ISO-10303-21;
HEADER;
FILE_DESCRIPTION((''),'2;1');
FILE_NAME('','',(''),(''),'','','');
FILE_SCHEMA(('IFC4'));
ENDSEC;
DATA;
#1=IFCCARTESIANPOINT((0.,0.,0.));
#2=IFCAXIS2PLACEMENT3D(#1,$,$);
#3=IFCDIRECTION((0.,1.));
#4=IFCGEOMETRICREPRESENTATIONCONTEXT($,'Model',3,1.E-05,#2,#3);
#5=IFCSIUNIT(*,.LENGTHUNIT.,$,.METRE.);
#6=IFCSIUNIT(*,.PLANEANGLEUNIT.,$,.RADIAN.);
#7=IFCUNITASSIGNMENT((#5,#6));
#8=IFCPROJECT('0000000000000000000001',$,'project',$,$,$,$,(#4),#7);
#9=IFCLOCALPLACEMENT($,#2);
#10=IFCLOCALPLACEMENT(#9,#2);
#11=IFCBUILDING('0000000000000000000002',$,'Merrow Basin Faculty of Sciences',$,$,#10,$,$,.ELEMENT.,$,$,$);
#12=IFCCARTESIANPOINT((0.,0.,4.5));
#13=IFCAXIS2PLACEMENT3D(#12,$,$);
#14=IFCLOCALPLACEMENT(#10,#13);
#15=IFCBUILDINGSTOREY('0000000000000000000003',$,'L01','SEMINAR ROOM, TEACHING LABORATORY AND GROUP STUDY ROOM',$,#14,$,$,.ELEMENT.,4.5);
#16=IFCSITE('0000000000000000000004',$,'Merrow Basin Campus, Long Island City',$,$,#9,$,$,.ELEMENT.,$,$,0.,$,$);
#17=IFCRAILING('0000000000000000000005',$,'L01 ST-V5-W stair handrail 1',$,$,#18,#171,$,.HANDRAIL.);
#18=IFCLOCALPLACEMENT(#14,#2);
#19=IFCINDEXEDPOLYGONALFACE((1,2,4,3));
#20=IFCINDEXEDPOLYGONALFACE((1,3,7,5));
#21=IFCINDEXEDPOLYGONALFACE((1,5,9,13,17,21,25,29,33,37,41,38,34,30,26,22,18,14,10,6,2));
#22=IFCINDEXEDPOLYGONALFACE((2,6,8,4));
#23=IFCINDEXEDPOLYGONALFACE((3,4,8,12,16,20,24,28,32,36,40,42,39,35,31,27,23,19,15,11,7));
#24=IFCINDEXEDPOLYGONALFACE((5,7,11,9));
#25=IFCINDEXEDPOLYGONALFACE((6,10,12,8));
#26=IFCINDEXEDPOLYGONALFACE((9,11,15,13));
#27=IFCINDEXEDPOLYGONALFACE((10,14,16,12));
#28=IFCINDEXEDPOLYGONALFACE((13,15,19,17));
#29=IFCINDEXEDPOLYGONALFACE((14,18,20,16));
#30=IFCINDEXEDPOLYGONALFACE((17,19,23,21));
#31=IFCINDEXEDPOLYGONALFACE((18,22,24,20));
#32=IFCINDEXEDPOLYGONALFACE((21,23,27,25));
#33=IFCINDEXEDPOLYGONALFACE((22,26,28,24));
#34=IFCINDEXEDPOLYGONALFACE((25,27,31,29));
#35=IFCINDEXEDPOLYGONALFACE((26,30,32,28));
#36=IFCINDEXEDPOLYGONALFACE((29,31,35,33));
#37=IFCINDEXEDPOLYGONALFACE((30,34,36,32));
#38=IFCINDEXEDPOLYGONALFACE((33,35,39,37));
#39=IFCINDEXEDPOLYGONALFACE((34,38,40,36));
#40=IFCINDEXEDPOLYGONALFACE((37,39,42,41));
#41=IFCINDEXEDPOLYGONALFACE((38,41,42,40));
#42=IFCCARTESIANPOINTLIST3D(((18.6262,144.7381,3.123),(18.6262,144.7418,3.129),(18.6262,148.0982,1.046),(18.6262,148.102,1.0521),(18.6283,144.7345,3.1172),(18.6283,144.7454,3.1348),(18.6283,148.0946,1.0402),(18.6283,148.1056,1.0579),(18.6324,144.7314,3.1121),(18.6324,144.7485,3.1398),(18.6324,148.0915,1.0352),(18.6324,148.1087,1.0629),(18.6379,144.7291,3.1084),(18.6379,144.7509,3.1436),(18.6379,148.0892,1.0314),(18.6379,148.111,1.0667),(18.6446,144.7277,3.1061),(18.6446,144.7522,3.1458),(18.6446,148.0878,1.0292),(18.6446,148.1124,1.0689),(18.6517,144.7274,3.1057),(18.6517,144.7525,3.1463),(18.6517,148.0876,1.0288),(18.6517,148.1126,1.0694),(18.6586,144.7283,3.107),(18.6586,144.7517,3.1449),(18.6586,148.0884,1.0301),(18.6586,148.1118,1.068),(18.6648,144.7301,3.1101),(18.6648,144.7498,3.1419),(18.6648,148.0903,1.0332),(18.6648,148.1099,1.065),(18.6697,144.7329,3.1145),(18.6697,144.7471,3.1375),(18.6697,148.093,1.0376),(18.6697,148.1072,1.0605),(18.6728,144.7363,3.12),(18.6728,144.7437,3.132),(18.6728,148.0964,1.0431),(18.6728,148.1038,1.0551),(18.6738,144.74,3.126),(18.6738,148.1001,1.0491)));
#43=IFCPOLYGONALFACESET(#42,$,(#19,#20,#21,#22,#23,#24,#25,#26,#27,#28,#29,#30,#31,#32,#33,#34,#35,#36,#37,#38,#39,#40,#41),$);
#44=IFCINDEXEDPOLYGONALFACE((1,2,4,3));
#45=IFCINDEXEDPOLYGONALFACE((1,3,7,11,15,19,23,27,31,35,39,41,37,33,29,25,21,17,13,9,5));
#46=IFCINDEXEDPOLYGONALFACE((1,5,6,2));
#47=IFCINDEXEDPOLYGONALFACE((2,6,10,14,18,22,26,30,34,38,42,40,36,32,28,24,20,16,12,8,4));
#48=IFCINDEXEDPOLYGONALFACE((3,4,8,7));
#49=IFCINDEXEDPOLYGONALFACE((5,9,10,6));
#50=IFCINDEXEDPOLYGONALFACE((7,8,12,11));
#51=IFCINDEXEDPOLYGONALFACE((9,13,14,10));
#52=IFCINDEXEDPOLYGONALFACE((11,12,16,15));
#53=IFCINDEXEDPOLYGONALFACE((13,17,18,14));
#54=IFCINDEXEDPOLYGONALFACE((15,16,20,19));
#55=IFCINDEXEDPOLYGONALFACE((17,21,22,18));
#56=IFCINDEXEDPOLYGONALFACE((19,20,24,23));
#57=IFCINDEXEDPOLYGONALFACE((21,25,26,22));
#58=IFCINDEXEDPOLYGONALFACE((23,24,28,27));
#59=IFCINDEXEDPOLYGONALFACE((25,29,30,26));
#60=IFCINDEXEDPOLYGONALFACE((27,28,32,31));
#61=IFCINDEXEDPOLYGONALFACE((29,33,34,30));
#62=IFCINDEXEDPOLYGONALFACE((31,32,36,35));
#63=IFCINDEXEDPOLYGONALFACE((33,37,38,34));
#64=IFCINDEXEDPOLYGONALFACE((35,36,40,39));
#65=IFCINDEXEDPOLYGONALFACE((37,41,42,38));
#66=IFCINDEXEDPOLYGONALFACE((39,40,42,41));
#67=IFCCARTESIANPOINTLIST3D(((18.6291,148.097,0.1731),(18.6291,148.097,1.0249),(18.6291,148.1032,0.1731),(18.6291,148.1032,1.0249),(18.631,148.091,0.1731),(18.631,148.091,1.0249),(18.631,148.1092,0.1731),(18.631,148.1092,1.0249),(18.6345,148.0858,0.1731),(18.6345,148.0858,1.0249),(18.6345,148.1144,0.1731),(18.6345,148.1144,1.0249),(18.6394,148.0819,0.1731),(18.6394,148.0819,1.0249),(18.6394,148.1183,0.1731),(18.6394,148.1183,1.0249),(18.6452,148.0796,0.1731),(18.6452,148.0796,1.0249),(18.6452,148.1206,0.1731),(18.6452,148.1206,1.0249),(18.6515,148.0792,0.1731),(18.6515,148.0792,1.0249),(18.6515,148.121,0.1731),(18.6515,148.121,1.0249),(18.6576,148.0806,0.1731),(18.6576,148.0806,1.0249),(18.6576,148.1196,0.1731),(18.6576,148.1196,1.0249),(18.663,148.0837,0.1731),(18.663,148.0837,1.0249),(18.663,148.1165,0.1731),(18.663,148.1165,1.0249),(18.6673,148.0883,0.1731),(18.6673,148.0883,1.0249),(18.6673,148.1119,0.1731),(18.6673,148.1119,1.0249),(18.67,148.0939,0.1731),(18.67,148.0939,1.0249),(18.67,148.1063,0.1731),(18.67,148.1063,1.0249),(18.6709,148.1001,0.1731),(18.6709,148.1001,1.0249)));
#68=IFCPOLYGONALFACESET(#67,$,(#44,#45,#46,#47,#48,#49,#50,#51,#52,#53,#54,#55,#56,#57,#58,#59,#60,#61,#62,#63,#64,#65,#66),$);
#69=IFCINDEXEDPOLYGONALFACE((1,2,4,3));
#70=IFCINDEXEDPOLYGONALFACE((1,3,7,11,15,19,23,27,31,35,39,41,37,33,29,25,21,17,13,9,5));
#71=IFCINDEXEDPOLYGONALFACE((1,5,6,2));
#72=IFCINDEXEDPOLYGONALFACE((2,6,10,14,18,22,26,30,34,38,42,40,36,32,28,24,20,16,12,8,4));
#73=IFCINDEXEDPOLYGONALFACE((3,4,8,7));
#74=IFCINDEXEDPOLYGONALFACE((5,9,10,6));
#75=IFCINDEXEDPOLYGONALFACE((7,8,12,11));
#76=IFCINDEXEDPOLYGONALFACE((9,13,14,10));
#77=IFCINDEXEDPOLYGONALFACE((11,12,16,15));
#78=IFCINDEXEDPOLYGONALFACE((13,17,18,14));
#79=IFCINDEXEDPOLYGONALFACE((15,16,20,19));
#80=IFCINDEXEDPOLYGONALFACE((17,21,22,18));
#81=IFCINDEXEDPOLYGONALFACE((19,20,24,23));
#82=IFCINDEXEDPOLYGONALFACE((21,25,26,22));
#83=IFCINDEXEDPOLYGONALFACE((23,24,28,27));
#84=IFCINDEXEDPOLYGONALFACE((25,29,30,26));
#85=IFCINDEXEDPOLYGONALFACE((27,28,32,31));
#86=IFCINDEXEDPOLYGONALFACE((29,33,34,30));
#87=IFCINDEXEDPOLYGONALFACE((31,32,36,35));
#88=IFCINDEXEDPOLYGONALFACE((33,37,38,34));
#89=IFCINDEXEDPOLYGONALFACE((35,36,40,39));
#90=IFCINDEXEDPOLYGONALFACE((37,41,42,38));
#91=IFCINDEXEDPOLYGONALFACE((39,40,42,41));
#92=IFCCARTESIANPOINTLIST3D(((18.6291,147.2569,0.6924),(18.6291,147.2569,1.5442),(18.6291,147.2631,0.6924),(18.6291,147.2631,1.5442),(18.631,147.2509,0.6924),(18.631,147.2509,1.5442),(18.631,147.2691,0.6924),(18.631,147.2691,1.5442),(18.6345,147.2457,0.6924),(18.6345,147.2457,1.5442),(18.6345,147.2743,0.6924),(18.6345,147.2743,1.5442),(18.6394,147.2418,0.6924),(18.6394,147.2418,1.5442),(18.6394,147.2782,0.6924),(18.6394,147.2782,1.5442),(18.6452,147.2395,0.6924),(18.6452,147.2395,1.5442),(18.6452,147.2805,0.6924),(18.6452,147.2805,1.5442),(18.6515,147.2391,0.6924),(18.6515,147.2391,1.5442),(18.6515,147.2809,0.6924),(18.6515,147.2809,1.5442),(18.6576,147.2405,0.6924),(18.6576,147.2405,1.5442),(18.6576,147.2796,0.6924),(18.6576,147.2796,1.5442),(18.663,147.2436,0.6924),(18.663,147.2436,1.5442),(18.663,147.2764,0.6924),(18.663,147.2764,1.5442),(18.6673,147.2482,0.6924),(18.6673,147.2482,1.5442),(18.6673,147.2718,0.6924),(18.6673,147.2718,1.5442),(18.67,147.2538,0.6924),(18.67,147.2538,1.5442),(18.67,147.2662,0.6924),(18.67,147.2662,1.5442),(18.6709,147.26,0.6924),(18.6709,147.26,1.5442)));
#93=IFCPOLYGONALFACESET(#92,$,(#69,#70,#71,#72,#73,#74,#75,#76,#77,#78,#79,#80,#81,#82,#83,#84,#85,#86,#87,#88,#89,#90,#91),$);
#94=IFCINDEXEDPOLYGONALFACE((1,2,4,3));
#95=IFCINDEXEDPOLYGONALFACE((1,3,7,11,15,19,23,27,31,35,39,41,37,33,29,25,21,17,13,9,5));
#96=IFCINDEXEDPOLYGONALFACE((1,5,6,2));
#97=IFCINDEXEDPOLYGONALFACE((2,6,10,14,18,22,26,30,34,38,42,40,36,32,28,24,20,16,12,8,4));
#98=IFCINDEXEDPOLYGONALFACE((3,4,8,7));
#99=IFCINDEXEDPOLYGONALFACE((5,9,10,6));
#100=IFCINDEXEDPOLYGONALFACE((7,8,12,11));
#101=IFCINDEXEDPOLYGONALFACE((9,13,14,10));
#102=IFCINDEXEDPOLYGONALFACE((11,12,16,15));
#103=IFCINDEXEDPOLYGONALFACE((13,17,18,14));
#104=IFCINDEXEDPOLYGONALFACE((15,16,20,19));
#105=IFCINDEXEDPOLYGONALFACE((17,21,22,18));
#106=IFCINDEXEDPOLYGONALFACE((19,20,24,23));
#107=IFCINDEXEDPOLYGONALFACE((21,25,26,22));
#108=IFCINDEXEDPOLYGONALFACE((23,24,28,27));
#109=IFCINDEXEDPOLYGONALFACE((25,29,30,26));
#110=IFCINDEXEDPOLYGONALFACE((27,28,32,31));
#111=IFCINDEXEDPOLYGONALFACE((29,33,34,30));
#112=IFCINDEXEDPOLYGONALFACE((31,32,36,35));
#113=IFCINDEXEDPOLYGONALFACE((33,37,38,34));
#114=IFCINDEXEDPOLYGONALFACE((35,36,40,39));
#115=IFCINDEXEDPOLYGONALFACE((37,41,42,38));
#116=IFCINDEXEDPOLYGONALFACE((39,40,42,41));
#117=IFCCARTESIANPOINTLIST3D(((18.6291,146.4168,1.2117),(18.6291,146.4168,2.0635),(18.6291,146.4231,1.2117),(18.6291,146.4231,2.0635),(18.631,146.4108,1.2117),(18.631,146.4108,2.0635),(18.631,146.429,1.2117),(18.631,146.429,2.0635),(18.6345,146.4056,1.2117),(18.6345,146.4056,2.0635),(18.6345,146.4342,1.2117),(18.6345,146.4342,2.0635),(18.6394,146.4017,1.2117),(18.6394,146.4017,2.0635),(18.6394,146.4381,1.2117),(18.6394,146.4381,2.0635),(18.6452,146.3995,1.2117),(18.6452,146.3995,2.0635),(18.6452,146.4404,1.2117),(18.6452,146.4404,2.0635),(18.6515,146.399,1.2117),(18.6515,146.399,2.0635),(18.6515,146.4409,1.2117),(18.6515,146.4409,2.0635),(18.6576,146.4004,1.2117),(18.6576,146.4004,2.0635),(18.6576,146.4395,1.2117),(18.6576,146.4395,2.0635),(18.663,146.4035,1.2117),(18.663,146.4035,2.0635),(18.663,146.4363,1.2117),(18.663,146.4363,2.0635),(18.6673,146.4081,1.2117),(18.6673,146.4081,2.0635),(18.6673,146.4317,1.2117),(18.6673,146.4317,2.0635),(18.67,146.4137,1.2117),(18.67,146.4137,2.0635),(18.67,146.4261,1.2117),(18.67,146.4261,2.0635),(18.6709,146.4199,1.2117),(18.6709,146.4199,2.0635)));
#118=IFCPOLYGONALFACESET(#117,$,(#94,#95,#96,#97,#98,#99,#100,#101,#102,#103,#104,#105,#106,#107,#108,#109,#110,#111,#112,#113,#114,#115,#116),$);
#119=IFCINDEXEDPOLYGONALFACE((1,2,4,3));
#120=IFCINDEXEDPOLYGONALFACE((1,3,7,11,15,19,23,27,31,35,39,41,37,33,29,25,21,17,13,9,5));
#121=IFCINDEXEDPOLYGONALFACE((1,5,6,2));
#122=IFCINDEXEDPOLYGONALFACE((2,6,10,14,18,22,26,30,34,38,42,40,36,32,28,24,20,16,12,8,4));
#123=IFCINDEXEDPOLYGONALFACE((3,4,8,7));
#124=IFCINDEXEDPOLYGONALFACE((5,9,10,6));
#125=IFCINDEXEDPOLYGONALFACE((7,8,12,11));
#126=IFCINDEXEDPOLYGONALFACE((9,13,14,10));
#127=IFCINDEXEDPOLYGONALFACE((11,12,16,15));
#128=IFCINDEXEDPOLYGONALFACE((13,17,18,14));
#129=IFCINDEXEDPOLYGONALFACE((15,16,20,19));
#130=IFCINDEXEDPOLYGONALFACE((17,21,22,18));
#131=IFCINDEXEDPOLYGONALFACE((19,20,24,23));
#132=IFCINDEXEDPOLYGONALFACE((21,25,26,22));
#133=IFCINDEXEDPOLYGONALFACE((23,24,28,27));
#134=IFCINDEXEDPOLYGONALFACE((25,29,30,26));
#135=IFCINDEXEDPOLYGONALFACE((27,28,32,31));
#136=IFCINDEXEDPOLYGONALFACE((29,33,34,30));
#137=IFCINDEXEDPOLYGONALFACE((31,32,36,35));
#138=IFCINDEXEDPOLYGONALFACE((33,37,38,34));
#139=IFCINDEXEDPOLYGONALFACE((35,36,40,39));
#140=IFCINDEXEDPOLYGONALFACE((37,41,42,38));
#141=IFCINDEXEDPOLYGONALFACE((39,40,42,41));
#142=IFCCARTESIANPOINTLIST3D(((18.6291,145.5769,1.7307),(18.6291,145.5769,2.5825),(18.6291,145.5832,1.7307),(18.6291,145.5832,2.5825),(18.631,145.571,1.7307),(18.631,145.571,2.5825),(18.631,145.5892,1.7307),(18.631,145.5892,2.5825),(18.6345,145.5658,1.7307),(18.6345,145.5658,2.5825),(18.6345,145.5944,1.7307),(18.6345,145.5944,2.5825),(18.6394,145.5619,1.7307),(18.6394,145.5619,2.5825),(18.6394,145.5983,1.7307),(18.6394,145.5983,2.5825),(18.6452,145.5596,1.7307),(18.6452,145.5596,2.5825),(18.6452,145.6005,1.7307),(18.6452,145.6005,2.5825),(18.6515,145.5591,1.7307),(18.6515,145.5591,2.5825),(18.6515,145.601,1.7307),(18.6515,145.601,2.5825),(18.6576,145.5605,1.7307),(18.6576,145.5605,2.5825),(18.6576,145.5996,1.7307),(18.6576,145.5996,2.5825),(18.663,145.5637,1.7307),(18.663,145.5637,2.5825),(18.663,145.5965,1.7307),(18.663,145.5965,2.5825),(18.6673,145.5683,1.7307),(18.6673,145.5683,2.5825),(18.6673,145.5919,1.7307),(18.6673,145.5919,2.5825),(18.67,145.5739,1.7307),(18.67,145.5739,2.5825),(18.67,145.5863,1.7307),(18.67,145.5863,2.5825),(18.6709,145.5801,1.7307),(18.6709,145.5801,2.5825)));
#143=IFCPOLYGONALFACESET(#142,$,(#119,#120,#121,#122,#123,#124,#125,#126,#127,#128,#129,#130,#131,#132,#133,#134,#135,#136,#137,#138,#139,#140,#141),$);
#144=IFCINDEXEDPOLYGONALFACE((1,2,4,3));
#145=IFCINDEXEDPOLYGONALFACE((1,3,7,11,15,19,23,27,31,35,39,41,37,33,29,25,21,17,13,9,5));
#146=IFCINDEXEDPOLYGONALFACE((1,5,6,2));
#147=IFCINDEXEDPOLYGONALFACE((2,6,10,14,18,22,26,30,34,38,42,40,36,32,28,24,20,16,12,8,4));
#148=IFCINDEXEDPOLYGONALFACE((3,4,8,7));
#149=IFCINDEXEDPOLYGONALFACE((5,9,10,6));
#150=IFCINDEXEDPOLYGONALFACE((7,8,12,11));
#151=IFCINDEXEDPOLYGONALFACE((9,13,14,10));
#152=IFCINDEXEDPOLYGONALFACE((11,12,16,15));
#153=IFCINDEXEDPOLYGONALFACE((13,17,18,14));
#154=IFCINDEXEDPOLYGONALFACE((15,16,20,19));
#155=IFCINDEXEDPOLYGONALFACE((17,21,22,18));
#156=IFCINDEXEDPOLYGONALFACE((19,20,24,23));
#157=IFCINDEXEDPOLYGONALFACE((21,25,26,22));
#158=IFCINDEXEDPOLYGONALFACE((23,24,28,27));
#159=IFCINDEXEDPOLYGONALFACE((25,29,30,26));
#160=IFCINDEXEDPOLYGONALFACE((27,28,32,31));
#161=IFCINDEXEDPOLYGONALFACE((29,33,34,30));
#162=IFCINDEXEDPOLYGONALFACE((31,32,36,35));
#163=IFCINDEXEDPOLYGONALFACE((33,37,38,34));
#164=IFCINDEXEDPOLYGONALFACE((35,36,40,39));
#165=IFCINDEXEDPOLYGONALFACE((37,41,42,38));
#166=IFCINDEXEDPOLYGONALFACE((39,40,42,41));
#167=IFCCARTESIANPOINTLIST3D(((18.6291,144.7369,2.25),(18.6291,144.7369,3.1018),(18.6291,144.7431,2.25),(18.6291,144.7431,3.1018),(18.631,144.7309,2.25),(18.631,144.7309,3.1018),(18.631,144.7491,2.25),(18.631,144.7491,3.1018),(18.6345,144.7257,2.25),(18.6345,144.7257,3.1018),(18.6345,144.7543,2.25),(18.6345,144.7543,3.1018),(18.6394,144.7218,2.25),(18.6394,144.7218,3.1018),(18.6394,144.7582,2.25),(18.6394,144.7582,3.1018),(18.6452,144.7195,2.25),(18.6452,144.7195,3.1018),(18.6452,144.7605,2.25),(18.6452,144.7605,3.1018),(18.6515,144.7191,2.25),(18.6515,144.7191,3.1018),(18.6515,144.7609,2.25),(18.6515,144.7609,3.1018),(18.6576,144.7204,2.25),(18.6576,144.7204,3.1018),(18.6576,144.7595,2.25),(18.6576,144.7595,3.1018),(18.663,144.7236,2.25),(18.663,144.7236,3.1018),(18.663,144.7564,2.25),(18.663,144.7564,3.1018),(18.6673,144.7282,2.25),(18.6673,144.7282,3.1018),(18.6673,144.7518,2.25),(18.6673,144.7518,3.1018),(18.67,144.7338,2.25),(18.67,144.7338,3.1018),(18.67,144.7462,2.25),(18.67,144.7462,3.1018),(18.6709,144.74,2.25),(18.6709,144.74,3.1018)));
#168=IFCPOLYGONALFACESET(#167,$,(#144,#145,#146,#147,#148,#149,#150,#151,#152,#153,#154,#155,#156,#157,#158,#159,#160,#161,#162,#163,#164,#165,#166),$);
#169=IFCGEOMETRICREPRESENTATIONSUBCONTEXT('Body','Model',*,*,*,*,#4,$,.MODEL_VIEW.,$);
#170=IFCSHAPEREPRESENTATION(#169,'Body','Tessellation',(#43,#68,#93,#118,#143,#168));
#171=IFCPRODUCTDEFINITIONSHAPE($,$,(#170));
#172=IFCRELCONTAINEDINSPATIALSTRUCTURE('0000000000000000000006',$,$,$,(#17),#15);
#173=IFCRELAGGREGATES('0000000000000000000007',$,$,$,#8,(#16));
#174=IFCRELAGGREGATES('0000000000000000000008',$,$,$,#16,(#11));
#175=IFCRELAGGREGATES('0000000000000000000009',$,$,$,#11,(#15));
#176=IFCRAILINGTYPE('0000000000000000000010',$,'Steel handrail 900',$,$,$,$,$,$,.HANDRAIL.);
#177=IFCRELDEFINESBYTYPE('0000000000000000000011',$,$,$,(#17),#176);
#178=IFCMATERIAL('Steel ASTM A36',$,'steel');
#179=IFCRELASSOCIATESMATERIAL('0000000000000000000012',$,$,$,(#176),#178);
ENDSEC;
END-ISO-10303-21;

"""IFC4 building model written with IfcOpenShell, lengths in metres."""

from ifc_helpers import new_model, si_unit, direction, frame, origin, origin_2d, place, context, subcontext, project, spatial, circle, extrude, material, type_object, element, save


model = new_model("IFC4")

# Units and contexts
model_context = context("Model", 3, precision=1e-05, world=origin(), true_north=direction((0.0, 1.0)))
body_context = subcontext(model_context, "Body", "Model", "MODEL_VIEW")
ifc_project = project(units=[si_unit("LENGTHUNIT", "METRE"), si_unit("PLANEANGLEUNIT", "RADIAN")], contexts=[model_context])

# Site, building, storey
site_placement = place(None, origin())
site = spatial("IfcSite", under=ifc_project, at=site_placement, Name="Merrow Basin Campus, Long Island City", CompositionType="ELEMENT", RefElevation=0.0)
building_placement = place(site_placement, origin())
building = spatial("IfcBuilding", under=site, at=building_placement, Name="Merrow Basin Faculty of Sciences", CompositionType="ELEMENT")
storey_placement = place(building_placement, frame((0.0, 0.0, 4.5)))
storey = spatial("IfcBuildingStorey", under=building, at=storey_placement, Name="L01", Description="SEMINAR ROOM, TEACHING LABORATORY AND GROUP STUDY ROOM", CompositionType="ELEMENT", Elevation=4.5)

# Railing
ifc_material_1 = material(Name="Steel ASTM A36", Category="steel")
railing_type_1 = type_object("IfcRailingType", Name="Steel handrail 900", PredefinedType="HANDRAIL", material=ifc_material_1)
railing_1_placement = place(storey_placement, frame((18.6499, 148.1001, 0.1731)))
element("IfcRailing", 1, at=railing_1_placement, inside=storey, type_object=railing_type_1, Name="L01 ST-V5-W stair handrail 1", PredefinedType="HANDRAIL", context=body_context, shape_type="SweptSolid", body=[
    extrude(circle(Radius=0.0239, at=origin_2d()), frame((0.0, 0.0, 0.876), z_axis=(0.0, -0.850623, 0.525776), x_axis=(1.0, 0.0, 0.0)), (0.0, 0.0, 1.0), 3.9502),
    extrude(circle(Radius=0.021, at=origin_2d()), origin(), (0.0, 0.0, 1.0), 0.8518),
    extrude(circle(Radius=0.021, at=origin_2d()), frame((0.0, -0.8401, 0.5193)), (0.0, 0.0, 1.0), 0.8518),
    extrude(circle(Radius=0.021, at=origin_2d()), frame((0.0, -1.6802, 1.0386)), (0.0, 0.0, 1.0), 0.8518),
    extrude(circle(Radius=0.021, at=origin_2d()), frame((0.0, -2.52, 1.5576)), (0.0, 0.0, 1.0), 0.8518),
    extrude(circle(Radius=0.021, at=origin_2d()), frame((0.0, -3.3601, 2.0769)), (0.0, 0.0, 1.0), 0.8518),
])

save(model, "model.ifc")
